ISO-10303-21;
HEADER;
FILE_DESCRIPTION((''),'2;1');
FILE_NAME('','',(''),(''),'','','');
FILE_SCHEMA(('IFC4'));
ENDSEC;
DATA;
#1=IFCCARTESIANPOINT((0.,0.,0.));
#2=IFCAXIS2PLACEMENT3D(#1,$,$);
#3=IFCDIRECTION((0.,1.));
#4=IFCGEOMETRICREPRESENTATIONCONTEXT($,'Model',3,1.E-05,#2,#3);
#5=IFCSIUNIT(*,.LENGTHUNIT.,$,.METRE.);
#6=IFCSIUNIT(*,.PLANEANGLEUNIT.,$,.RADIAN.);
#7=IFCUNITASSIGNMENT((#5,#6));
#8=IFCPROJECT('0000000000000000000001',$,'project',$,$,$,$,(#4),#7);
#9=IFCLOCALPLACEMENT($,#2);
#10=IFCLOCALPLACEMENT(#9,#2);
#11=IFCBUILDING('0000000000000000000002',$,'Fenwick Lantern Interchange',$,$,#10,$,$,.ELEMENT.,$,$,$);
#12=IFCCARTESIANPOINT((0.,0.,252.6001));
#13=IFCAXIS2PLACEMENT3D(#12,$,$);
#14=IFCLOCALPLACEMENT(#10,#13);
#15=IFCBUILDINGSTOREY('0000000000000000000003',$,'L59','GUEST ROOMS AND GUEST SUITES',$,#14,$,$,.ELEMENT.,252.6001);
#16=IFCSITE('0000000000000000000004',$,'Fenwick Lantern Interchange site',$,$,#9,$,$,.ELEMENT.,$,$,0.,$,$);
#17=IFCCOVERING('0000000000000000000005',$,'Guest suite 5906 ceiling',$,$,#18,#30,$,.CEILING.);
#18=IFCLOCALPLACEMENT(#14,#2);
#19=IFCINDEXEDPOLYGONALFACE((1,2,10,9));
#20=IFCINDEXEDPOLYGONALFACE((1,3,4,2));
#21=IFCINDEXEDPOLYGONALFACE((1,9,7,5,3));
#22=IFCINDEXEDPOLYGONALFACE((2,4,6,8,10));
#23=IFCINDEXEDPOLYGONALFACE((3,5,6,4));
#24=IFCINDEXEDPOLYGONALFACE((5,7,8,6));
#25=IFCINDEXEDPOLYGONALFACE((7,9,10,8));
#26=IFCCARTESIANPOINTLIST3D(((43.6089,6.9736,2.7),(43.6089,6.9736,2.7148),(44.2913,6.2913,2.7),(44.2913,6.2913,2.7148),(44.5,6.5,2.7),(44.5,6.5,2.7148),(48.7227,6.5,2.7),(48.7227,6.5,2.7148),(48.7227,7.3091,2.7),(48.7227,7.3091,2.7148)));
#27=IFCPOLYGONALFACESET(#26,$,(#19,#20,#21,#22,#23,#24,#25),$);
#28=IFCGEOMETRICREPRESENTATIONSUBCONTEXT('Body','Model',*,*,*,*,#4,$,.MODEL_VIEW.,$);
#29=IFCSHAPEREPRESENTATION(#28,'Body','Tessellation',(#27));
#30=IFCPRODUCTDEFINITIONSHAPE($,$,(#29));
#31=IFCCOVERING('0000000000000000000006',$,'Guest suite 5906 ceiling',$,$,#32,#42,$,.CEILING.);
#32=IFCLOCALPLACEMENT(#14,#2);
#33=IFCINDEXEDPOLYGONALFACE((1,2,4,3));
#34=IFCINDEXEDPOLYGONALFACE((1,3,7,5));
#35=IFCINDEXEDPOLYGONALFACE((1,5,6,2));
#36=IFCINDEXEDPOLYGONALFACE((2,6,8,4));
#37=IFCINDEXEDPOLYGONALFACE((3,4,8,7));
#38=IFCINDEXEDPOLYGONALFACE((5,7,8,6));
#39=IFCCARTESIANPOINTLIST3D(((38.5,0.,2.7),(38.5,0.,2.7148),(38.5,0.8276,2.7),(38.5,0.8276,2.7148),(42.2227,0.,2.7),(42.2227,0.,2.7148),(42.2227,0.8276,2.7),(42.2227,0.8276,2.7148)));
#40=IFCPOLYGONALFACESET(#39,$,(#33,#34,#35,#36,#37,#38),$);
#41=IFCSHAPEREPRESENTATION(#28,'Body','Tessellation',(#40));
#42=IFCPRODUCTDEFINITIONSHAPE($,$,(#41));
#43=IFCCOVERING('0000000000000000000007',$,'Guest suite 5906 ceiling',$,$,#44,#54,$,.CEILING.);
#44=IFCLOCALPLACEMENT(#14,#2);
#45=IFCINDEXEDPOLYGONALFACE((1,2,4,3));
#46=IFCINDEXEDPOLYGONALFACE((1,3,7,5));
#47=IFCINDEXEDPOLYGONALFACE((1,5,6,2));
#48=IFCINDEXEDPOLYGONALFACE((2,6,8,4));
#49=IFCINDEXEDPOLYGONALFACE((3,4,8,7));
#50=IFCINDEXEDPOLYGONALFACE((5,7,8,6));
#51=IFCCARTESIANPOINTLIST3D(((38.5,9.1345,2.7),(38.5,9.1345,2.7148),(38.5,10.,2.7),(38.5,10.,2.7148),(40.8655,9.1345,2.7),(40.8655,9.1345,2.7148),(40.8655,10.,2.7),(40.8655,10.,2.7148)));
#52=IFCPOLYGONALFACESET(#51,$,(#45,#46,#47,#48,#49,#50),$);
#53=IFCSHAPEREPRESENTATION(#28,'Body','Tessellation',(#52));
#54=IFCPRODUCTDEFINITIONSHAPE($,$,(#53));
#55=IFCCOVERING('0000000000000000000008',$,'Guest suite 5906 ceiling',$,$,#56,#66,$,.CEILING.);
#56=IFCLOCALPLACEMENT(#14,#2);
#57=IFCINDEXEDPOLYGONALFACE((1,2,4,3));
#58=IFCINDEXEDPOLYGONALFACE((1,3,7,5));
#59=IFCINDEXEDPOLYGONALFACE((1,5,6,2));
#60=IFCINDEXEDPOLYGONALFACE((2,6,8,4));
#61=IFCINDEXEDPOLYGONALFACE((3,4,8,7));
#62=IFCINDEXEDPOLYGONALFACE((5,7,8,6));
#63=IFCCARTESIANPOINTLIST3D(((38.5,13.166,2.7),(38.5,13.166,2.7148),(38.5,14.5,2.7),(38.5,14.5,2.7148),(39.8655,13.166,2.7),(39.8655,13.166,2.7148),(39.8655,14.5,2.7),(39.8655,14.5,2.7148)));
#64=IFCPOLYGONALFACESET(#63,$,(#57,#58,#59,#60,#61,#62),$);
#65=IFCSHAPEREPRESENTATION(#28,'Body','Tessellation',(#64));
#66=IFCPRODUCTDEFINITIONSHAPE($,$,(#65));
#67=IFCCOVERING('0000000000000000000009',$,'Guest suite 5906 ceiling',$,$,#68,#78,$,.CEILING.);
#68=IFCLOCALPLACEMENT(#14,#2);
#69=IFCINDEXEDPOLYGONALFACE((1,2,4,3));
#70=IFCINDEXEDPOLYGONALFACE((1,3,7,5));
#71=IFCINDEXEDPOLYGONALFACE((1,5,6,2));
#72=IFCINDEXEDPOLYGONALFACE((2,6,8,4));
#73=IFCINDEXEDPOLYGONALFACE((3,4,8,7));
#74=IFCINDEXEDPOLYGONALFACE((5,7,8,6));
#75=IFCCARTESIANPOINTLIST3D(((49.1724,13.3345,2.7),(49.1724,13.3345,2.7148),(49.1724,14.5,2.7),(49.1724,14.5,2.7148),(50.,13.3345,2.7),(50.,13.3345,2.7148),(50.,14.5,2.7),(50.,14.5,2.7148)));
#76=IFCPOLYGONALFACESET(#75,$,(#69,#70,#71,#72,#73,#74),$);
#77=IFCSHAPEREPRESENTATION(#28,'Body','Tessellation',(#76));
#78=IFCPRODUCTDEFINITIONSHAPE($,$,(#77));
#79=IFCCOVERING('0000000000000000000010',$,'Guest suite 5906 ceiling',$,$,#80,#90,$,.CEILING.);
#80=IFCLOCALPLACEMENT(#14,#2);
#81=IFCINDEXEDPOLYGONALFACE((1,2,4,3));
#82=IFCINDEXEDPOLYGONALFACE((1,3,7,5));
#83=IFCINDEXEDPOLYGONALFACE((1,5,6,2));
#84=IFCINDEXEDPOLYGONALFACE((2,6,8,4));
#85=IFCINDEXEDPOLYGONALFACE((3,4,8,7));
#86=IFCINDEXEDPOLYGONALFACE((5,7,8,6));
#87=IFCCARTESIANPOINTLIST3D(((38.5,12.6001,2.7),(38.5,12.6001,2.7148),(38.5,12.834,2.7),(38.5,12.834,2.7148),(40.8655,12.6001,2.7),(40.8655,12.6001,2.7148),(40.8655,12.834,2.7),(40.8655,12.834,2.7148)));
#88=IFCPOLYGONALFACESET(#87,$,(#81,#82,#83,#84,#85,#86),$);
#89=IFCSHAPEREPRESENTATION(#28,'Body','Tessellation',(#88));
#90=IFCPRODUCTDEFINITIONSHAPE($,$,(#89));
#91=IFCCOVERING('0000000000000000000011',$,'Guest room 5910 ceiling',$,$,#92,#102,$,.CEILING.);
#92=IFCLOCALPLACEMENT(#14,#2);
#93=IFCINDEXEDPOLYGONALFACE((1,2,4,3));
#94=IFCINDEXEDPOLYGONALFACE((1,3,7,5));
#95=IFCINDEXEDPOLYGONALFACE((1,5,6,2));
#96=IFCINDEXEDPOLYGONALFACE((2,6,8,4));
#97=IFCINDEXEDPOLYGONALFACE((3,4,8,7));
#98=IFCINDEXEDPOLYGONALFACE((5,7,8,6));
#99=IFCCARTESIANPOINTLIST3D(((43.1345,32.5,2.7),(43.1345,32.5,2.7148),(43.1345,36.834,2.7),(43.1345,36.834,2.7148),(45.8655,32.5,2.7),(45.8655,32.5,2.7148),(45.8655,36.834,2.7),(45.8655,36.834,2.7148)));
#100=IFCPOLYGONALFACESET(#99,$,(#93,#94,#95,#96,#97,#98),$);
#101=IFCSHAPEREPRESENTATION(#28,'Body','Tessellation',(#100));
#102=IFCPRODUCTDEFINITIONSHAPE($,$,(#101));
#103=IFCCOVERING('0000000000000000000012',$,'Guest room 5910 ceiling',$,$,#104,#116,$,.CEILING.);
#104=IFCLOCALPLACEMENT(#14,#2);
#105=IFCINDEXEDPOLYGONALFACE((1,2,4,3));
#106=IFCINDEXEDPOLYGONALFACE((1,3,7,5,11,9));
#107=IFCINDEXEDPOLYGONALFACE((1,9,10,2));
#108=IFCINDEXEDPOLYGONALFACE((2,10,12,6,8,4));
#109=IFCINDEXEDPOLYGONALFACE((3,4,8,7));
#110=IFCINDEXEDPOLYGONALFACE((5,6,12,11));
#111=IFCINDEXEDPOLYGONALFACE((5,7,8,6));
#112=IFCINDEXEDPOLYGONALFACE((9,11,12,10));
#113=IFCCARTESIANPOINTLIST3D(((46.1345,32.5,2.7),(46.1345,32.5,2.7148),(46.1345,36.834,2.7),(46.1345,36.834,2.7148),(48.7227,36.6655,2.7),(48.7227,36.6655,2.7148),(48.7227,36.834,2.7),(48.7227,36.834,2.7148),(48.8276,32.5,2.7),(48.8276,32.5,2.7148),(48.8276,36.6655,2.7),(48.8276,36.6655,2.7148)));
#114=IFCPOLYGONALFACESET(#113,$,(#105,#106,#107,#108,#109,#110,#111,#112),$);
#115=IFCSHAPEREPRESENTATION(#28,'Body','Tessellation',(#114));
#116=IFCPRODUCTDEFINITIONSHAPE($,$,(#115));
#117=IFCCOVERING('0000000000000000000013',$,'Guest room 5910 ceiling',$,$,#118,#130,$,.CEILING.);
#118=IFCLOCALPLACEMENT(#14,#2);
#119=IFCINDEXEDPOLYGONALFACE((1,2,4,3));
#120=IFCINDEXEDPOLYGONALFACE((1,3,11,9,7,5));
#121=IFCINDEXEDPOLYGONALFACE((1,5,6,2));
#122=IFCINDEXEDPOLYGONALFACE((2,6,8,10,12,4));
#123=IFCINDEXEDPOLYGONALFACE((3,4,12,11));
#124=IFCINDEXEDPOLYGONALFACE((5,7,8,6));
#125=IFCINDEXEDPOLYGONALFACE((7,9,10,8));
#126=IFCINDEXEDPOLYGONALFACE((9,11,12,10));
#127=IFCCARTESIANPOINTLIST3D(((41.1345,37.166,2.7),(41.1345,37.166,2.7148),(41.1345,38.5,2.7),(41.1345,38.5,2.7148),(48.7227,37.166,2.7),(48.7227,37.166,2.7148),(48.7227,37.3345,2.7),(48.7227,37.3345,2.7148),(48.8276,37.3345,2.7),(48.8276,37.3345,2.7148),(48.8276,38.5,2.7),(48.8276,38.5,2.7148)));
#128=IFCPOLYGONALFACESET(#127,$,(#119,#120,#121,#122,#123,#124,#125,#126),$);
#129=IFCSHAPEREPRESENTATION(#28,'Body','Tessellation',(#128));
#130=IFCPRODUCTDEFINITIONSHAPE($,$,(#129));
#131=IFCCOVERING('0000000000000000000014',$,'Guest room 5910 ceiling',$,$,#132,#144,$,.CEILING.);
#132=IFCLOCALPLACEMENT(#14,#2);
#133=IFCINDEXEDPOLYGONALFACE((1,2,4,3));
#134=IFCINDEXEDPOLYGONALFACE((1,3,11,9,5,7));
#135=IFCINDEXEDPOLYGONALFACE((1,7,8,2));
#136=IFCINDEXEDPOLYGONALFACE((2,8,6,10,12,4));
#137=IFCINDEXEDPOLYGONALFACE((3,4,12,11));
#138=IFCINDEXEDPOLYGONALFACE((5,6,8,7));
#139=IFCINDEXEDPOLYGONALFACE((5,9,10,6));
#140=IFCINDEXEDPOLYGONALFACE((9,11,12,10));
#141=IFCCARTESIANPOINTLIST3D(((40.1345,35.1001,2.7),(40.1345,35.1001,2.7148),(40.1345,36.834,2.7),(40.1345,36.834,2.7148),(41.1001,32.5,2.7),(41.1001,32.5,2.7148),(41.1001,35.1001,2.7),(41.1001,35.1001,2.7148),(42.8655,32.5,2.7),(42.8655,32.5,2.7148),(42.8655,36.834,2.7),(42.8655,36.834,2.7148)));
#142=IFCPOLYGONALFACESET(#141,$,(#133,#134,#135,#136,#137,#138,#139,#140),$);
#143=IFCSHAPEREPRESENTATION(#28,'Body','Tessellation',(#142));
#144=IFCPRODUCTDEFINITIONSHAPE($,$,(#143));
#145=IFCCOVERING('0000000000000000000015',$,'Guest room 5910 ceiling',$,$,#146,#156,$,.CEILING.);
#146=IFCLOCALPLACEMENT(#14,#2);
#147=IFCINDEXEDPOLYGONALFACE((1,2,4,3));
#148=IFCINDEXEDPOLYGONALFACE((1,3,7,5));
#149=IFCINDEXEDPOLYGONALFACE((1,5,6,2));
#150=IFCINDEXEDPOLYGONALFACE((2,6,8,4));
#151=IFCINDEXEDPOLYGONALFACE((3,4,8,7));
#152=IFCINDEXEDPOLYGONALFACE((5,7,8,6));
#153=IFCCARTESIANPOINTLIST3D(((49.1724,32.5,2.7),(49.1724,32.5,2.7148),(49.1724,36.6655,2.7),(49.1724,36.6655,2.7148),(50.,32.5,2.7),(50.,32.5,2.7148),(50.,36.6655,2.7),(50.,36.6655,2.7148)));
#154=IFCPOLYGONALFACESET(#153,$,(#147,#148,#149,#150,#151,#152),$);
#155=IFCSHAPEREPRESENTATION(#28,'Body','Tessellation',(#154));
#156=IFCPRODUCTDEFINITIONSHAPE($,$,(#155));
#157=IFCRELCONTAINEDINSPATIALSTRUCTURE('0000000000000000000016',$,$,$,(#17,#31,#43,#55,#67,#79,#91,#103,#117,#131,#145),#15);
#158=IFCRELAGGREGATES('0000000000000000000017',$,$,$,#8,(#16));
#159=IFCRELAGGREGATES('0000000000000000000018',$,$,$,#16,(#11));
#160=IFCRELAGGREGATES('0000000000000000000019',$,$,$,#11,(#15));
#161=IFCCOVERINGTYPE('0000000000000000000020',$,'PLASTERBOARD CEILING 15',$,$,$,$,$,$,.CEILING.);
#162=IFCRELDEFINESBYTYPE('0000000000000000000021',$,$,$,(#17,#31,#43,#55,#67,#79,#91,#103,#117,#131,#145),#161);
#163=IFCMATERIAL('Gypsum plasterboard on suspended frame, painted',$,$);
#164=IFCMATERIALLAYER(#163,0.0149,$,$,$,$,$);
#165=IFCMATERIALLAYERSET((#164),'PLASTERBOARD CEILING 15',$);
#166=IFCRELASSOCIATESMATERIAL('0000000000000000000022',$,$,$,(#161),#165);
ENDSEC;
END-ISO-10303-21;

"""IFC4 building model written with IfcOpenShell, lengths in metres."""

from ifc_helpers import new_model, si_unit, direction, frame, origin, place, context, subcontext, project, spatial, polyline, outline, extrude, material, layer, layer_set, type_object, element, save


model = new_model("IFC4")

# Units and contexts
model_context = context("Model", 3, precision=1e-05, world=origin(), true_north=direction((0.0, 1.0)))
body_context = subcontext(model_context, "Body", "Model", "MODEL_VIEW")
ifc_project = project(units=[si_unit("LENGTHUNIT", "METRE"), si_unit("PLANEANGLEUNIT", "RADIAN")], contexts=[model_context])

# Site, building, storey
site_placement = place(None, origin())
site = spatial("IfcSite", under=ifc_project, at=site_placement, Name="Fenwick Lantern Interchange site", CompositionType="ELEMENT", RefElevation=0.0)
building_placement = place(site_placement, origin())
building = spatial("IfcBuilding", under=site, at=building_placement, Name="Fenwick Lantern Interchange", CompositionType="ELEMENT")
storey_placement = place(building_placement, frame((0.0, 0.0, 252.6001)))
storey = spatial("IfcBuildingStorey", under=building, at=storey_placement, Name="L59", Description="GUEST ROOMS AND GUEST SUITES", CompositionType="ELEMENT", Elevation=252.6001)

# Coverings
ifc_material = material(Name="Gypsum plasterboard on suspended frame, painted")
ifc_layer = layer(ifc_material, 0.0149)
ifc_layer_set = layer_set([ifc_layer], Name="PLASTERBOARD CEILING 15")
covering_type = type_object("IfcCoveringType", Name="PLASTERBOARD CEILING 15", PredefinedType="CEILING", material=ifc_layer_set)
covering_1_placement = place(storey_placement, frame((0.0, 0.0, 2.7)))
element("IfcCovering", 1, at=covering_1_placement, inside=storey, type_object=covering_type, Name="Guest suite 5906 ceiling", PredefinedType="CEILING", context=body_context, shape_type="SweptSolid", body=[
    extrude(outline(polyline([(48.7227, 6.5), (48.7227, 7.3091), (43.6089, 6.9736), (44.2913, 6.2913), (44.5, 6.5), (48.7227, 6.5)])), origin(), (0.0, 0.0, 1.0), 0.0149),
])
covering_2_placement = place(storey_placement, frame((0.0, 0.0, 2.7)))
element("IfcCovering", 2, at=covering_2_placement, inside=storey, type_object=covering_type, Name="Guest suite 5906 ceiling", PredefinedType="CEILING", context=body_context, shape_type="SweptSolid", body=[
    extrude(outline(polyline([(42.2227, 0.0), (42.2227, 0.8276), (38.5, 0.8276), (38.5, 0.0), (42.2227, 0.0)])), origin(), (0.0, 0.0, 1.0), 0.0149),
])
covering_3_placement = place(storey_placement, frame((0.0, 0.0, 2.7)))
element("IfcCovering", 3, at=covering_3_placement, inside=storey, type_object=covering_type, Name="Guest suite 5906 ceiling", PredefinedType="CEILING", context=body_context, shape_type="SweptSolid", body=[
    extrude(outline(polyline([(38.5, 10.0), (38.5, 9.1345), (40.8655, 9.1345), (40.8655, 10.0), (38.5, 10.0)])), origin(), (0.0, 0.0, 1.0), 0.0149),
])
covering_4_placement = place(storey_placement, frame((0.0, 0.0, 2.7)))
element("IfcCovering", 4, at=covering_4_placement, inside=storey, type_object=covering_type, Name="Guest suite 5906 ceiling", PredefinedType="CEILING", context=body_context, shape_type="SweptSolid", body=[
    extrude(outline(polyline([(38.5, 14.5), (38.5, 13.166), (39.8655, 13.166), (39.8655, 14.5), (38.5, 14.5)])), origin(), (0.0, 0.0, 1.0), 0.0149),
])
covering_5_placement = place(storey_placement, frame((0.0, 0.0, 2.7)))
element("IfcCovering", 5, at=covering_5_placement, inside=storey, type_object=covering_type, Name="Guest suite 5906 ceiling", PredefinedType="CEILING", context=body_context, shape_type="SweptSolid", body=[
    extrude(outline(polyline([(50.0, 14.5), (49.1724, 14.5), (49.1724, 13.3345), (50.0, 13.3345), (50.0, 14.5)])), origin(), (0.0, 0.0, 1.0), 0.0149),
])
covering_6_placement = place(storey_placement, frame((0.0, 0.0, 2.7)))
element("IfcCovering", 6, at=covering_6_placement, inside=storey, type_object=covering_type, Name="Guest suite 5906 ceiling", PredefinedType="CEILING", context=body_context, shape_type="SweptSolid", body=[
    extrude(outline(polyline([(38.5, 12.6001), (40.8655, 12.6001), (40.8655, 12.834), (38.5, 12.834), (38.5, 12.6001)])), origin(), (0.0, 0.0, 1.0), 0.0149),
])
covering_7_placement = place(storey_placement, frame((0.0, 0.0, 2.7)))
element("IfcCovering", 7, at=covering_7_placement, inside=storey, type_object=covering_type, Name="Guest room 5910 ceiling", PredefinedType="CEILING", context=body_context, shape_type="SweptSolid", body=[
    extrude(outline(polyline([(43.1345, 32.5), (45.8655, 32.5), (45.8655, 36.834), (43.1345, 36.834), (43.1345, 32.5)])), origin(), (0.0, 0.0, 1.0), 0.0149),
])
covering_8_placement = place(storey_placement, frame((0.0, 0.0, 2.7)))
element("IfcCovering", 8, at=covering_8_placement, inside=storey, type_object=covering_type, Name="Guest room 5910 ceiling", PredefinedType="CEILING", context=body_context, shape_type="SweptSolid", body=[
    extrude(outline(polyline([(48.7227, 36.6655), (48.7227, 36.834), (46.1345, 36.834), (46.1345, 32.5), (48.8276, 32.5), (48.8276, 36.6655), (48.7227, 36.6655)])), origin(), (0.0, 0.0, 1.0), 0.0149),
])
covering_9_placement = place(storey_placement, frame((0.0, 0.0, 2.7)))
element("IfcCovering", 9, at=covering_9_placement, inside=storey, type_object=covering_type, Name="Guest room 5910 ceiling", PredefinedType="CEILING", context=body_context, shape_type="SweptSolid", body=[
    extrude(outline(polyline([(48.7227, 37.3345), (48.8276, 37.3345), (48.8276, 38.5), (41.1345, 38.5), (41.1345, 37.166), (48.7227, 37.166), (48.7227, 37.3345)])), origin(), (0.0, 0.0, 1.0), 0.0149),
])
covering_10_placement = place(storey_placement, frame((0.0, 0.0, 2.7)))
element("IfcCovering", 10, at=covering_10_placement, inside=storey, type_object=covering_type, Name="Guest room 5910 ceiling", PredefinedType="CEILING", context=body_context, shape_type="SweptSolid", body=[
    extrude(outline(polyline([(41.1001, 32.5), (42.8655, 32.5), (42.8655, 36.834), (40.1345, 36.834), (40.1345, 35.1001), (41.1001, 35.1001), (41.1001, 32.5)])), origin(), (0.0, 0.0, 1.0), 0.0149),
])
covering_11_placement = place(storey_placement, frame((0.0, 0.0, 2.7)))
element("IfcCovering", 11, at=covering_11_placement, inside=storey, type_object=covering_type, Name="Guest room 5910 ceiling", PredefinedType="CEILING", context=body_context, shape_type="SweptSolid", body=[
    extrude(outline(polyline([(50.0, 36.6655), (49.1724, 36.6655), (49.1724, 32.5), (50.0, 32.5), (50.0, 36.6655)])), origin(), (0.0, 0.0, 1.0), 0.0149),
])

save(model, "model.ifc")
